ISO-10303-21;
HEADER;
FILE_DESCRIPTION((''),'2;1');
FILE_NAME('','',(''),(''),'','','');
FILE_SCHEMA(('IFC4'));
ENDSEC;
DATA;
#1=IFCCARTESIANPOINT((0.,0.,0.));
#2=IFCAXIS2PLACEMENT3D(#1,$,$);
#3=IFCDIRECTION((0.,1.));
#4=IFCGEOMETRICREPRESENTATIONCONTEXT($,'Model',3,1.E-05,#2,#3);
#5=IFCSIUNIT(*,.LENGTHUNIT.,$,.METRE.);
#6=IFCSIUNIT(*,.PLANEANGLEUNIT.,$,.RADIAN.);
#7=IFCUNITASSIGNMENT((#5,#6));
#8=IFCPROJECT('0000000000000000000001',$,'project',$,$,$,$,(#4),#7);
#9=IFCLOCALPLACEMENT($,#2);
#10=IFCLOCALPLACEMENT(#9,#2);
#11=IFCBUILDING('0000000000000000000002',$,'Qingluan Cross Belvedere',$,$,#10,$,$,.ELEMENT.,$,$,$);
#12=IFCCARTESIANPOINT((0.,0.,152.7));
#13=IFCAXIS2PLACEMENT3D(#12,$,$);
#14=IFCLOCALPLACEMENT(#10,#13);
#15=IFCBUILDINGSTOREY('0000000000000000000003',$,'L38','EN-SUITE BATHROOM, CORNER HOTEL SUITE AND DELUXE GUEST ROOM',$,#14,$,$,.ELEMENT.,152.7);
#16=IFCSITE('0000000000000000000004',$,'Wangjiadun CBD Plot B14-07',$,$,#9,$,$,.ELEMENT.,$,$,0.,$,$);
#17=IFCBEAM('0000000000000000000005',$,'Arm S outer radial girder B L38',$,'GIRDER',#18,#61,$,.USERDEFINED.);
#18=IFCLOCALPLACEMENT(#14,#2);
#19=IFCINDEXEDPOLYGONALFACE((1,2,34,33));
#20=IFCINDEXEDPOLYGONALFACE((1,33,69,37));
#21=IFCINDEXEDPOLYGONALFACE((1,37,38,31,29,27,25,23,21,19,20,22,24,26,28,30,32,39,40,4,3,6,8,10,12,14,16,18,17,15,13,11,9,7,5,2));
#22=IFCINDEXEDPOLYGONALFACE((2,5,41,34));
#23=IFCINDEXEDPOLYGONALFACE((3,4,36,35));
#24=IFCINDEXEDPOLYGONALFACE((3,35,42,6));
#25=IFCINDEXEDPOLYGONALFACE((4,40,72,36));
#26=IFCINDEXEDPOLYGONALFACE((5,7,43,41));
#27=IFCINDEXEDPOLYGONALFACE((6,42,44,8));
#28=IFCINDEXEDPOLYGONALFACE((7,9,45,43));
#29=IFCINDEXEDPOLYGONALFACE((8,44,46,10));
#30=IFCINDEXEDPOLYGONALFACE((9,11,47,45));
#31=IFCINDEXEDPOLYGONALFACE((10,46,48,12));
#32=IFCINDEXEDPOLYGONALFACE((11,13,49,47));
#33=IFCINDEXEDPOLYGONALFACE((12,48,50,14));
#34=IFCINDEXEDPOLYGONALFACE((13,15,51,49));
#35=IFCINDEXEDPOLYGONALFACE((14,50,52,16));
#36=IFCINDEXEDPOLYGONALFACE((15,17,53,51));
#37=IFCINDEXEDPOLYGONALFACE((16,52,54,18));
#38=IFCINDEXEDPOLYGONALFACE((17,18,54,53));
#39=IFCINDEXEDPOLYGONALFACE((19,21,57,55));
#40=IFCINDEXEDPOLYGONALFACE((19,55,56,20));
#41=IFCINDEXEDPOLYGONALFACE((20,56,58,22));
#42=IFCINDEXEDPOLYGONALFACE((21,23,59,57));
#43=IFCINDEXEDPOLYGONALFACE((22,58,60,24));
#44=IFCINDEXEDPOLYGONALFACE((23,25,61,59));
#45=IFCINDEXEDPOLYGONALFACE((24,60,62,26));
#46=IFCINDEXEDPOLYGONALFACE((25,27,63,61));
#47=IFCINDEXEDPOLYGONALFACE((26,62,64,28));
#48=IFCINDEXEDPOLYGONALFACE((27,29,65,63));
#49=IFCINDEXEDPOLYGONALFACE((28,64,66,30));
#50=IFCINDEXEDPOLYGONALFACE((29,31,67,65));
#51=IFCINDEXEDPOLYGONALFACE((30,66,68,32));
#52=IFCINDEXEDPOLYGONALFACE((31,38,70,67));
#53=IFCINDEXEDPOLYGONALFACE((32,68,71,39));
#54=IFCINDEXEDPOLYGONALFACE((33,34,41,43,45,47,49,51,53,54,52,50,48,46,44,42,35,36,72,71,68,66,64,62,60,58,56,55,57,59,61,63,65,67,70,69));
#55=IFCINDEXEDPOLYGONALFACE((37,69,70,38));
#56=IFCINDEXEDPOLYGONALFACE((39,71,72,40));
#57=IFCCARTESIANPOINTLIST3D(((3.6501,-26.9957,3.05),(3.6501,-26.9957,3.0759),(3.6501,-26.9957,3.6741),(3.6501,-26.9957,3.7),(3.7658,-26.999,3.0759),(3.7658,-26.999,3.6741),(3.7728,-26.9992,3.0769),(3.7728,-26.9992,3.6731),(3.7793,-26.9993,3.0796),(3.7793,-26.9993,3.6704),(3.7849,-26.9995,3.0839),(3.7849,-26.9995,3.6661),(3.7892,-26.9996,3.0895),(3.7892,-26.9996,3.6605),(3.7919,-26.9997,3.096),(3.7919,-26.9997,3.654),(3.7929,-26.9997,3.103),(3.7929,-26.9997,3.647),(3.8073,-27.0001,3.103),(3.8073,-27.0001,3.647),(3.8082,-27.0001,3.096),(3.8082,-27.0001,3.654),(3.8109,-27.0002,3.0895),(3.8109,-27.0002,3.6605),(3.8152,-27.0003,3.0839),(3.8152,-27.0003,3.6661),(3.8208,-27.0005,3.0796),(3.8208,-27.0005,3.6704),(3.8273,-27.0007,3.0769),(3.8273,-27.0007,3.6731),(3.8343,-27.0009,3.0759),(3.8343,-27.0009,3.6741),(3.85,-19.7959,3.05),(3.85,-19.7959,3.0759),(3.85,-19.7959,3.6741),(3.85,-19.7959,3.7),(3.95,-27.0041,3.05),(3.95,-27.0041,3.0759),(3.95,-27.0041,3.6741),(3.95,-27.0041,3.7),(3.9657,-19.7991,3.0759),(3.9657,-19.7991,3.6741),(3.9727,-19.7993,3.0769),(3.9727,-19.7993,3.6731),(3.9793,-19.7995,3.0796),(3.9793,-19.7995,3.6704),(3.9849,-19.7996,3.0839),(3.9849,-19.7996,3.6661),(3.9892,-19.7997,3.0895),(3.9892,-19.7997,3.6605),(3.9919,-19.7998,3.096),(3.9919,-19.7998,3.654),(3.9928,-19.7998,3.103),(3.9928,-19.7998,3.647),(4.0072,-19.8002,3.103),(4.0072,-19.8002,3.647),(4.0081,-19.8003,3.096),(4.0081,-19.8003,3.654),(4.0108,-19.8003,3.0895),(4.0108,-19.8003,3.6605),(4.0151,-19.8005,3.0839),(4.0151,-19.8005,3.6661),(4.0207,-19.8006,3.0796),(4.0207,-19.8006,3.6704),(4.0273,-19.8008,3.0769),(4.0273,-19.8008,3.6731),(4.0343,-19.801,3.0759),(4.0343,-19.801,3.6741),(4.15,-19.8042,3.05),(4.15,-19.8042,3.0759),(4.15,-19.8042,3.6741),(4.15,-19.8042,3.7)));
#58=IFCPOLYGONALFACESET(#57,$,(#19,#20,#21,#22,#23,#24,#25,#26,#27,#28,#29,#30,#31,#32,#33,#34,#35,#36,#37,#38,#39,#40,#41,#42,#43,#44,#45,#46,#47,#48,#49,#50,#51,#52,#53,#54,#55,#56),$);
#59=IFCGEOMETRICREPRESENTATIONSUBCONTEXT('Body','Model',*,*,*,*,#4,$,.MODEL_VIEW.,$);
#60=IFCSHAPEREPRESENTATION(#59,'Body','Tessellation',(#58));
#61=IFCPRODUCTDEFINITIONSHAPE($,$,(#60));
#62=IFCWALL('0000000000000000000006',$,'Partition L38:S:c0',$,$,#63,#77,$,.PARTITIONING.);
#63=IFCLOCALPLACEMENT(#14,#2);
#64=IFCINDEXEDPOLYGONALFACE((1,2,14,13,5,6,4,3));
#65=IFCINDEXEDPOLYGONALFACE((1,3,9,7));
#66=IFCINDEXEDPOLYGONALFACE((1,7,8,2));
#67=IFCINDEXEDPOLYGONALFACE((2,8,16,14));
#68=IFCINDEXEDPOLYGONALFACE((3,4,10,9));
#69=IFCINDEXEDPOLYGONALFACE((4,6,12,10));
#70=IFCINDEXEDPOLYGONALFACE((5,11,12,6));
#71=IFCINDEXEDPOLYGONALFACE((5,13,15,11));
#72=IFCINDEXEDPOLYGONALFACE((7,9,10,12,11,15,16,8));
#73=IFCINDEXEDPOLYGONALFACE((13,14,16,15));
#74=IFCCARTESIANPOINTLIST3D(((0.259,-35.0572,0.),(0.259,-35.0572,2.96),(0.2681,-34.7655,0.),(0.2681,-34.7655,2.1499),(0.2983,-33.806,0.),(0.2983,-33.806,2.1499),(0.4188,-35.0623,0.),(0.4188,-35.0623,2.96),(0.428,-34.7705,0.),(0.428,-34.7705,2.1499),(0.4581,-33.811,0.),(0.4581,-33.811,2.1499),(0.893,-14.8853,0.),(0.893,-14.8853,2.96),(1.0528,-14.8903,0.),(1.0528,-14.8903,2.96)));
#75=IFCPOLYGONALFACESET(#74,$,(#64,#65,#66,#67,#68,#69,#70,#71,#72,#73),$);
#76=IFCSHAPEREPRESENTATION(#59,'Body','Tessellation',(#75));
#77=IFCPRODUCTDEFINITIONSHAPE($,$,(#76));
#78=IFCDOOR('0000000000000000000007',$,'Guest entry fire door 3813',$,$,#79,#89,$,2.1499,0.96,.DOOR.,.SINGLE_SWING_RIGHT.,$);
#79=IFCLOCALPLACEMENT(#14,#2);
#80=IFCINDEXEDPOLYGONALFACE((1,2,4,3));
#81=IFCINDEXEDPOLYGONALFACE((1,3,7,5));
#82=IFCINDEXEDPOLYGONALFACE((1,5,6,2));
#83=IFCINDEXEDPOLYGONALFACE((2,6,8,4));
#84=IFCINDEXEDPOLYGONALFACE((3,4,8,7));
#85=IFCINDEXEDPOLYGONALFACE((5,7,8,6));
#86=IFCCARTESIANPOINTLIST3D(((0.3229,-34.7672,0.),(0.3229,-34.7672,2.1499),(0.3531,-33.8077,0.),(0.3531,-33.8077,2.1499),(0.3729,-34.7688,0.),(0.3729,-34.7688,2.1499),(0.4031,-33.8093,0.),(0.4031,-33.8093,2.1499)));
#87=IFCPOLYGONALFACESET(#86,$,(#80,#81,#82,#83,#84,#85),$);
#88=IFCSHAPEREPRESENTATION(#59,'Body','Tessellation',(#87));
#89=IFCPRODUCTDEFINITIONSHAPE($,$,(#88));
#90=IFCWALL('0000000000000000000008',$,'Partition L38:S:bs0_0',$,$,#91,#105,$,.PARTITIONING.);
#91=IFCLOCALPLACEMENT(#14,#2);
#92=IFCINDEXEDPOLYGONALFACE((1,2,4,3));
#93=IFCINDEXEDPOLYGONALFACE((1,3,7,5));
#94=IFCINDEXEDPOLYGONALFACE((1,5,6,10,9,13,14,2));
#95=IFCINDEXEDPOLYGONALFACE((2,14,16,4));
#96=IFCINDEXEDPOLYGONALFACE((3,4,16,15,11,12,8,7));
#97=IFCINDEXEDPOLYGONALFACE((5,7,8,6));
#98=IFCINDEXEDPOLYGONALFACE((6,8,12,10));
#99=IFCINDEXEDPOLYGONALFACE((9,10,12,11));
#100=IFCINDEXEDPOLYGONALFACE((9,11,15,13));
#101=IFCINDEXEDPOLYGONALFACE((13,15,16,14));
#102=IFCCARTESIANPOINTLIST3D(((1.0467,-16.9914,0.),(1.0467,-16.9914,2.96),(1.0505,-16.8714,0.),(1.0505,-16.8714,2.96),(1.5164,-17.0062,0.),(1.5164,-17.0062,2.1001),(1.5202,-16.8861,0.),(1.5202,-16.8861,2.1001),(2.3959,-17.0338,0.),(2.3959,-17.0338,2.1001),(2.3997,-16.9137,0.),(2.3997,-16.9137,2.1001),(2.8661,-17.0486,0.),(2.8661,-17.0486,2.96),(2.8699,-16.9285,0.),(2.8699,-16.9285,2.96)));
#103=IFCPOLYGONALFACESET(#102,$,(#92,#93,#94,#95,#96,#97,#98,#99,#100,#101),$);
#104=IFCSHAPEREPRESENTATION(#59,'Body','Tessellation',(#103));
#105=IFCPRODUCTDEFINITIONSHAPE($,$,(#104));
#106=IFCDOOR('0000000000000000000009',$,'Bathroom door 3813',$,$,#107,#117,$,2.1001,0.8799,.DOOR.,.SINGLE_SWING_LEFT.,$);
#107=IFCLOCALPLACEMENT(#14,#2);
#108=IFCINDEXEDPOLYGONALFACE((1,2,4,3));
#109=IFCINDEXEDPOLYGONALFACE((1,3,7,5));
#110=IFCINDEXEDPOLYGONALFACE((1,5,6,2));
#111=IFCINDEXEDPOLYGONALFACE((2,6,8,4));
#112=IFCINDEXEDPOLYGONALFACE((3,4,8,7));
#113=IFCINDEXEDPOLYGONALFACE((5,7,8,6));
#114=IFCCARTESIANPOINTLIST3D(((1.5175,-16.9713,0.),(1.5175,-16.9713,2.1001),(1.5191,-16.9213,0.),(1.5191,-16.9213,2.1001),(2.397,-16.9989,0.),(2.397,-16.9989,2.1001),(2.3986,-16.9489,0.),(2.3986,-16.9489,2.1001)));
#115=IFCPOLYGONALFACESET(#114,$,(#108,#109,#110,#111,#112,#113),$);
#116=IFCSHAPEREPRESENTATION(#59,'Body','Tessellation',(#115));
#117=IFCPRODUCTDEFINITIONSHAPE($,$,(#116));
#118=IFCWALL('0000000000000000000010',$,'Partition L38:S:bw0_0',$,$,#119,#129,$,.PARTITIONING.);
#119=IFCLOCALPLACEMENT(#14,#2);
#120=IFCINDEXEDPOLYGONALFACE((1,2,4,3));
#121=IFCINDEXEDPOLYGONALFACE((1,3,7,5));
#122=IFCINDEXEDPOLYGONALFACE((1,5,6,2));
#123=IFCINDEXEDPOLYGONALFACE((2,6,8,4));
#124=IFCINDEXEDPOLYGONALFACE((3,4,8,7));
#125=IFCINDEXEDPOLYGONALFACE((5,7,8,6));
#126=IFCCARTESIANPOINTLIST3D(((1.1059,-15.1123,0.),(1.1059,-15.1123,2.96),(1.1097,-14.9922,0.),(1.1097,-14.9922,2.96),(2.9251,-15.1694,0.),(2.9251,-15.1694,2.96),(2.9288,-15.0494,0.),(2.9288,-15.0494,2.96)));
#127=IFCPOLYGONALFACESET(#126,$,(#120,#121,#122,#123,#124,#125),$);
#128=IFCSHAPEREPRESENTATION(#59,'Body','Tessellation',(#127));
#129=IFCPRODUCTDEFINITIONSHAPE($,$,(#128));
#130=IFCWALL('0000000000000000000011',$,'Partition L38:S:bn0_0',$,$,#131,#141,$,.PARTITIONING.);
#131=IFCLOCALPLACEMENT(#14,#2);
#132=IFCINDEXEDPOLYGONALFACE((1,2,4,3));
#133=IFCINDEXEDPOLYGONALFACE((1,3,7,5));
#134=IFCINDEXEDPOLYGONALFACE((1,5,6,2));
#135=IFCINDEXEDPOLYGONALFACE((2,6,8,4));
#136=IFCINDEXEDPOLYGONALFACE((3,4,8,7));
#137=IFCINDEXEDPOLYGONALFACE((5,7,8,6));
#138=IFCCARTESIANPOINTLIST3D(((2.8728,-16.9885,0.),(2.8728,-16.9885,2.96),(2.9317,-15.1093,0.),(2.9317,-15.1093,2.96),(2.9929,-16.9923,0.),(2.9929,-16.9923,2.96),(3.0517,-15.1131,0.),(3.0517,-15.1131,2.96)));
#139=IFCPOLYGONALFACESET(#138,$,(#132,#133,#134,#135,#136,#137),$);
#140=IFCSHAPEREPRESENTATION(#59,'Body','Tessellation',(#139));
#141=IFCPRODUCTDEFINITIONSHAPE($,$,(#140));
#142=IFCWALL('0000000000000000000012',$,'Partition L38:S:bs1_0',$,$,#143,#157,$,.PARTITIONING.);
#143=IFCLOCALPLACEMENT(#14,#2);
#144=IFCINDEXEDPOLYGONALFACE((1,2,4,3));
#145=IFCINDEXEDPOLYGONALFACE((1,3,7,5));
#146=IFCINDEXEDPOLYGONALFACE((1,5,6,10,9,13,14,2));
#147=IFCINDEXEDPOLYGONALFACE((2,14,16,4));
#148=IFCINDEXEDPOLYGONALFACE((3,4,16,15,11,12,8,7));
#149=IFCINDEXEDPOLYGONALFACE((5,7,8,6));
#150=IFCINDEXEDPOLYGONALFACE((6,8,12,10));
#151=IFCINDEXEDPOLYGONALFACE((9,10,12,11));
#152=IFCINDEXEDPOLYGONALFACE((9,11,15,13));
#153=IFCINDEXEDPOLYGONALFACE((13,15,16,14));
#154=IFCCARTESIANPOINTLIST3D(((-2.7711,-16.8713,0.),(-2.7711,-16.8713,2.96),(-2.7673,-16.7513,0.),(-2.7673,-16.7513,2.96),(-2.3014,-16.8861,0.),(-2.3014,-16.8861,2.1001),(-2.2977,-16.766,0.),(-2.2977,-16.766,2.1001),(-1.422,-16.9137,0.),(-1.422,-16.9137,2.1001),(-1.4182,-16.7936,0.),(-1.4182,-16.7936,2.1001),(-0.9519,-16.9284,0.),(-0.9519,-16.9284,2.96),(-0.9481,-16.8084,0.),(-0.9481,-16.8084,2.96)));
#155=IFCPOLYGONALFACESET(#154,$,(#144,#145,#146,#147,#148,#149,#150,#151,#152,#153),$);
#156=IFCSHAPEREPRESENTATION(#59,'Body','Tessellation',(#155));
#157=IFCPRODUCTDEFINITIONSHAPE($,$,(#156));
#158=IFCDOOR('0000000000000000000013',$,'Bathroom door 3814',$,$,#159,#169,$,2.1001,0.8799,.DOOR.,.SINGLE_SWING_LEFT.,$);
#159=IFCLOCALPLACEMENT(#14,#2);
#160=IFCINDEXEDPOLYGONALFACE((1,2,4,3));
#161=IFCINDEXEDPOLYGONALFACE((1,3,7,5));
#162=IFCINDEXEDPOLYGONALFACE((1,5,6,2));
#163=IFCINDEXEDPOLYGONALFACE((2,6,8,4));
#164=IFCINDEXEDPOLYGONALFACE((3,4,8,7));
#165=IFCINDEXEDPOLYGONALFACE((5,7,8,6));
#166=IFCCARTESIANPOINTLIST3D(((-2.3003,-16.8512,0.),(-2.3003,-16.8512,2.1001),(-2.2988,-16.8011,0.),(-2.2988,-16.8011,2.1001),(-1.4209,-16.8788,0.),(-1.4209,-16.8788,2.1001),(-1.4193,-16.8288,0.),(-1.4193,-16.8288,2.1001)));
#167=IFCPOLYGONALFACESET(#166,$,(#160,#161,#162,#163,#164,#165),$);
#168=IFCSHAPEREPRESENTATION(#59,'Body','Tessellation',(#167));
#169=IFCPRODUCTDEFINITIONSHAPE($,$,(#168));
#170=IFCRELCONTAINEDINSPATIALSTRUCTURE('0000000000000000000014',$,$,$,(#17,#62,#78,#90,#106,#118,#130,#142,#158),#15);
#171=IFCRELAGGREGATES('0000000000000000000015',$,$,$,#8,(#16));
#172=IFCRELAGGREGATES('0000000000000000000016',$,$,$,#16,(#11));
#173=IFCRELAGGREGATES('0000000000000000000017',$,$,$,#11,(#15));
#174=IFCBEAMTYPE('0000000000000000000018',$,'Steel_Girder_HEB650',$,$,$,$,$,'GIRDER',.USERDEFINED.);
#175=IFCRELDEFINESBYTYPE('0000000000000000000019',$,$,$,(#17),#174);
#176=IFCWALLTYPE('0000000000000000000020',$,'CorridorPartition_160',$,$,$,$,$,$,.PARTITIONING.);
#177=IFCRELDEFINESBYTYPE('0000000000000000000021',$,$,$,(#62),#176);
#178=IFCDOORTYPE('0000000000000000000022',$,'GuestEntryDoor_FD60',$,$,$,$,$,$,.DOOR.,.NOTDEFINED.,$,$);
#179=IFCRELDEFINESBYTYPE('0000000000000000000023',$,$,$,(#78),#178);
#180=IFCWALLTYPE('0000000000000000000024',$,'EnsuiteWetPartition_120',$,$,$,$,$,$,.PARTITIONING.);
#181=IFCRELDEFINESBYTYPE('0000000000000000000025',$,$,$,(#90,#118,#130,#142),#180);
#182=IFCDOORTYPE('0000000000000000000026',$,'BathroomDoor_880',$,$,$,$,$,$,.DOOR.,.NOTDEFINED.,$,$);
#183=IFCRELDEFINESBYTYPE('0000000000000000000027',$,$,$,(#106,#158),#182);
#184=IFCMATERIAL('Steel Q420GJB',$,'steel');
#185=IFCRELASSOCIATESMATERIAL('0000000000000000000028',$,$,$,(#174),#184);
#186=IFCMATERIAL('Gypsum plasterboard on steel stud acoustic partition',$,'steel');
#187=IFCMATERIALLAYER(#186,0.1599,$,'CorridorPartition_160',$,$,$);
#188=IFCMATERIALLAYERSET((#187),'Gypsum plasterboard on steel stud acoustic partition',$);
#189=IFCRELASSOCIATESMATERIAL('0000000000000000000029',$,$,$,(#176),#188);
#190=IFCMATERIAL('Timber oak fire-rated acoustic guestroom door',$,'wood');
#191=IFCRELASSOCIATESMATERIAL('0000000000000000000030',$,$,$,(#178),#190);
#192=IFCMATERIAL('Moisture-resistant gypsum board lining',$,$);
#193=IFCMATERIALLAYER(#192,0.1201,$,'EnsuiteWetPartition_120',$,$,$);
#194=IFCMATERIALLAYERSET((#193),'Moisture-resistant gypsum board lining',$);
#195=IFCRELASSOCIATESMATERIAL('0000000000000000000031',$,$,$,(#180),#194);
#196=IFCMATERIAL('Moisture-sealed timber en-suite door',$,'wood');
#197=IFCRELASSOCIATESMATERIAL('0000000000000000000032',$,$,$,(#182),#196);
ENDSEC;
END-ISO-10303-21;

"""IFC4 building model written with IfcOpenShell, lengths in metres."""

from ifc_helpers import new_model, si_unit, direction, frame, frame_2d, origin, origin_2d, place, context, subcontext, project, spatial, rectangle, i_section, extrude, material, layer, layer_set, material_profile, profile_set, type_object, element, fill, save


model = new_model("IFC4")

# Units and contexts
model_context = context("Model", 3, precision=1e-05, world=origin(), true_north=direction((0.0, 1.0)))
body_context = subcontext(model_context, "Body", "Model", "MODEL_VIEW")
ifc_project = project(units=[si_unit("LENGTHUNIT", "METRE"), si_unit("PLANEANGLEUNIT", "RADIAN")], contexts=[model_context])

# Site, building, storey
site_placement = place(None, origin())
site = spatial("IfcSite", under=ifc_project, at=site_placement, Name="Wangjiadun CBD Plot B14-07", CompositionType="ELEMENT", RefElevation=0.0)
building_placement = place(site_placement, origin())
building = spatial("IfcBuilding", under=site, at=building_placement, Name="Qingluan Cross Belvedere", CompositionType="ELEMENT")
storey_placement = place(building_placement, frame((0.0, 0.0, 152.7)))
storey = spatial("IfcBuildingStorey", under=building, at=storey_placement, Name="L38", Description="EN-SUITE BATHROOM, CORNER HOTEL SUITE AND DELUXE GUEST ROOM", CompositionType="ELEMENT", Elevation=152.7)

# Beam
ifc_material_1 = material(Name="Steel Q420GJB", Category="steel")
ifc_material_profile_1 = material_profile(ifc_material_1, i_section(OverallWidth=0.3, OverallDepth=0.6499, WebThickness=0.0144, FlangeThickness=0.0259, FilletRadius=0.0271, at=origin_2d()), Name="HEB650")
ifc_profile_set_1 = profile_set([ifc_material_profile_1], Name="Steel Q420GJB")
beam_type_1 = type_object("IfcBeamType", Name="Steel_Girder_HEB650", ElementType="GIRDER", PredefinedType="USERDEFINED", material=ifc_profile_set_1)
beam_1_placement = place(storey_placement, frame((4.0, -19.8, 3.375), z_axis=(-0.02776, -0.999615, 0.0), x_axis=(0.999615, -0.02776, 0.0)))
element("IfcBeam", 1, at=beam_1_placement, inside=storey, type_object=beam_type_1, Name="Arm S outer radial girder B L38", ObjectType="GIRDER", PredefinedType="USERDEFINED", context=body_context, shape_type="SweptSolid", body=[
    extrude(i_section(OverallWidth=0.3, OverallDepth=0.6499, WebThickness=0.0144, FlangeThickness=0.0259, FilletRadius=0.0271, at=origin_2d()), origin(), (0.0, 0.0, 1.0), 7.2026),
])

# Walls, openings, doors
ifc_material_2 = material(Name="Gypsum plasterboard on steel stud acoustic partition", Category="steel")
ifc_layer_1 = layer(ifc_material_2, 0.1599, Name="CorridorPartition_160")
ifc_layer_set_1 = layer_set([ifc_layer_1], Name="Gypsum plasterboard on steel stud acoustic partition")
wall_type_1 = type_object("IfcWallType", Name="CorridorPartition_160", PredefinedType="PARTITIONING", material=ifc_layer_set_1)
wall_1_placement = place(storey_placement, frame((0.9729, -14.8879, 0.0), z_axis=(0.0, 0.0, 1.0), x_axis=(-0.031416, -0.999506, 0.0)))
wall_1 = element("IfcWall", 2, at=wall_1_placement, inside=storey, type_object=wall_type_1, Name="Partition L38:S:c0", PredefinedType="PARTITIONING", context=body_context, shape_type="SweptSolid", body=[
    extrude(rectangle(XDim=20.1819, YDim=0.1599, at=frame_2d((10.0908, 0.0))), origin(), (0.0, 0.0, 1.0), 2.96),
])
opening_1_placement = place(wall_1_placement, frame((18.9299, 0.0, 0.0)))
opening_1 = element("IfcOpeningElement", 3, at=opening_1_placement, cuts=wall_1, PredefinedType="OPENING", context=body_context, shape_type="SweptSolid", body=[
    extrude(rectangle(XDim=0.96, YDim=2.1499, at=frame_2d((0.48, 1.075))), frame((0.0, 0.0898, 0.0), z_axis=(0.0, -1.0, 0.0), x_axis=(1.0, 0.0, 0.0)), (0.0, 0.0, 1.0), 0.1799),
])
ifc_material_3 = material(Name="Timber oak fire-rated acoustic guestroom door", Category="wood")
door_type_1 = type_object("IfcDoorType", Name="GuestEntryDoor_FD60", OperationType="NOTDEFINED", PredefinedType="DOOR", material=ifc_material_3)
door_1_placement = place(opening_1_placement, origin())
door_1 = element("IfcDoor", 4, at=door_1_placement, inside=storey, type_object=door_type_1, Name="Guest entry fire door 3813", OperationType="SINGLE_SWING_RIGHT", OverallHeight=2.1499, OverallWidth=0.96, PredefinedType="DOOR", context=body_context, shape_type="SweptSolid", body=[
    extrude(rectangle(XDim=0.96, YDim=2.1499, at=frame_2d((0.48, 1.075))), frame((0.0, 0.0249, 0.0), z_axis=(0.0, -1.0, 0.0), x_axis=(1.0, 0.0, 0.0)), (0.0, 0.0, 1.0), 0.05),
])
fill(opening_1, door_1)
ifc_material_4 = material(Name="Moisture-resistant gypsum board lining")
ifc_layer_2 = layer(ifc_material_4, 0.1201, Name="EnsuiteWetPartition_120")
ifc_layer_set_2 = layer_set([ifc_layer_2], Name="Moisture-resistant gypsum board lining")
wall_type_2 = type_object("IfcWallType", Name="EnsuiteWetPartition_120", PredefinedType="PARTITIONING", material=ifc_layer_set_2)
wall_2_placement = place(storey_placement, frame((1.0486, -16.9314, 0.0), z_axis=(0.0, 0.0, 1.0), x_axis=(0.999507, -0.031385, 0.0)))
wall_2 = element("IfcWall", 5, at=wall_2_placement, inside=storey, type_object=wall_type_2, Name="Partition L38:S:bs0_0", PredefinedType="PARTITIONING", context=body_context, shape_type="SweptSolid", body=[
    extrude(rectangle(XDim=1.8203, YDim=0.1201, at=frame_2d((0.9102, 0.0))), origin(), (0.0, 0.0, 1.0), 2.96),
])
opening_2_placement = place(wall_2_placement, frame((0.47, 0.0, 0.0)))
opening_2 = element("IfcOpeningElement", 6, at=opening_2_placement, cuts=wall_2, PredefinedType="OPENING", context=body_context, shape_type="SweptSolid", body=[
    extrude(rectangle(XDim=0.8799, YDim=2.1001, at=frame_2d((0.4399, 1.05))), frame((0.0, 0.0701, 0.0), z_axis=(0.0, -1.0, 0.0), x_axis=(1.0, 0.0, 0.0)), (0.0, 0.0, 1.0), 0.1401),
])
ifc_material_5 = material(Name="Moisture-sealed timber en-suite door", Category="wood")
door_type_2 = type_object("IfcDoorType", Name="BathroomDoor_880", OperationType="NOTDEFINED", PredefinedType="DOOR", material=ifc_material_5)
door_2_placement = place(opening_2_placement, origin())
door_2 = element("IfcDoor", 7, at=door_2_placement, inside=storey, type_object=door_type_2, Name="Bathroom door 3813", OperationType="SINGLE_SWING_LEFT", OverallHeight=2.1001, OverallWidth=0.8799, PredefinedType="DOOR", context=body_context, shape_type="SweptSolid", body=[
    extrude(rectangle(XDim=0.8799, YDim=2.1001, at=frame_2d((0.4399, 1.05))), frame((0.0, 0.0249, 0.0), z_axis=(0.0, -1.0, 0.0), x_axis=(1.0, 0.0, 0.0)), (0.0, 0.0, 1.0), 0.05),
])
fill(opening_2, door_2)

# Walls
wall_3_placement = place(storey_placement, frame((1.1077, -15.0522, 0.0), z_axis=(0.0, 0.0, 1.0), x_axis=(0.999507, -0.03139, 0.0)))
element("IfcWall", 8, at=wall_3_placement, inside=storey, type_object=wall_type_2, Name="Partition L38:S:bw0_0", PredefinedType="PARTITIONING", context=body_context, shape_type="SweptSolid", body=[
    extrude(rectangle(XDim=1.8201, YDim=0.1201, at=frame_2d((0.9102, 0.0))), origin(), (0.0, 0.0, 1.0), 2.96),
])
wall_4_placement = place(storey_placement, frame((2.9917, -15.1113, 0.0), z_axis=(0.0, 0.0, 1.0), x_axis=(-0.031296, -0.99951, 0.0)))
element("IfcWall", 9, at=wall_4_placement, inside=storey, type_object=wall_type_2, Name="Partition L38:S:bn0_0", PredefinedType="PARTITIONING", context=body_context, shape_type="SweptSolid", body=[
    extrude(rectangle(XDim=1.8801, YDim=0.1201, at=frame_2d((0.9399, 0.0))), origin(), (0.0, 0.0, 1.0), 2.96),
])

# Wall, opening, door
wall_5_placement = place(storey_placement, frame((-2.7693, -16.8113, 0.0), z_axis=(0.0, 0.0, 1.0), x_axis=(0.999507, -0.03139, 0.0)))
wall_5 = element("IfcWall", 10, at=wall_5_placement, inside=storey, type_object=wall_type_2, Name="Partition L38:S:bs1_0", PredefinedType="PARTITIONING", context=body_context, shape_type="SweptSolid", body=[
    extrude(rectangle(XDim=1.8201, YDim=0.1201, at=frame_2d((0.9102, 0.0))), origin(), (0.0, 0.0, 1.0), 2.96),
])
opening_3_placement = place(wall_5_placement, frame((0.47, 0.0, 0.0)))
opening_3 = element("IfcOpeningElement", 11, at=opening_3_placement, cuts=wall_5, PredefinedType="OPENING", context=body_context, shape_type="SweptSolid", body=[
    extrude(rectangle(XDim=0.8799, YDim=2.1001, at=frame_2d((0.4399, 1.05))), frame((0.0, 0.0701, 0.0), z_axis=(0.0, -1.0, 0.0), x_axis=(1.0, 0.0, 0.0)), (0.0, 0.0, 1.0), 0.1401),
])
door_3_placement = place(opening_3_placement, origin())
door_3 = element("IfcDoor", 12, at=door_3_placement, inside=storey, type_object=door_type_2, Name="Bathroom door 3814", OperationType="SINGLE_SWING_LEFT", OverallHeight=2.1001, OverallWidth=0.8799, PredefinedType="DOOR", context=body_context, shape_type="SweptSolid", body=[
    extrude(rectangle(XDim=0.8799, YDim=2.1001, at=frame_2d((0.4399, 1.05))), frame((0.0, 0.0249, 0.0), z_axis=(0.0, -1.0, 0.0), x_axis=(1.0, 0.0, 0.0)), (0.0, 0.0, 1.0), 0.05),
])
fill(opening_3, door_3)

save(model, "model.ifc")
